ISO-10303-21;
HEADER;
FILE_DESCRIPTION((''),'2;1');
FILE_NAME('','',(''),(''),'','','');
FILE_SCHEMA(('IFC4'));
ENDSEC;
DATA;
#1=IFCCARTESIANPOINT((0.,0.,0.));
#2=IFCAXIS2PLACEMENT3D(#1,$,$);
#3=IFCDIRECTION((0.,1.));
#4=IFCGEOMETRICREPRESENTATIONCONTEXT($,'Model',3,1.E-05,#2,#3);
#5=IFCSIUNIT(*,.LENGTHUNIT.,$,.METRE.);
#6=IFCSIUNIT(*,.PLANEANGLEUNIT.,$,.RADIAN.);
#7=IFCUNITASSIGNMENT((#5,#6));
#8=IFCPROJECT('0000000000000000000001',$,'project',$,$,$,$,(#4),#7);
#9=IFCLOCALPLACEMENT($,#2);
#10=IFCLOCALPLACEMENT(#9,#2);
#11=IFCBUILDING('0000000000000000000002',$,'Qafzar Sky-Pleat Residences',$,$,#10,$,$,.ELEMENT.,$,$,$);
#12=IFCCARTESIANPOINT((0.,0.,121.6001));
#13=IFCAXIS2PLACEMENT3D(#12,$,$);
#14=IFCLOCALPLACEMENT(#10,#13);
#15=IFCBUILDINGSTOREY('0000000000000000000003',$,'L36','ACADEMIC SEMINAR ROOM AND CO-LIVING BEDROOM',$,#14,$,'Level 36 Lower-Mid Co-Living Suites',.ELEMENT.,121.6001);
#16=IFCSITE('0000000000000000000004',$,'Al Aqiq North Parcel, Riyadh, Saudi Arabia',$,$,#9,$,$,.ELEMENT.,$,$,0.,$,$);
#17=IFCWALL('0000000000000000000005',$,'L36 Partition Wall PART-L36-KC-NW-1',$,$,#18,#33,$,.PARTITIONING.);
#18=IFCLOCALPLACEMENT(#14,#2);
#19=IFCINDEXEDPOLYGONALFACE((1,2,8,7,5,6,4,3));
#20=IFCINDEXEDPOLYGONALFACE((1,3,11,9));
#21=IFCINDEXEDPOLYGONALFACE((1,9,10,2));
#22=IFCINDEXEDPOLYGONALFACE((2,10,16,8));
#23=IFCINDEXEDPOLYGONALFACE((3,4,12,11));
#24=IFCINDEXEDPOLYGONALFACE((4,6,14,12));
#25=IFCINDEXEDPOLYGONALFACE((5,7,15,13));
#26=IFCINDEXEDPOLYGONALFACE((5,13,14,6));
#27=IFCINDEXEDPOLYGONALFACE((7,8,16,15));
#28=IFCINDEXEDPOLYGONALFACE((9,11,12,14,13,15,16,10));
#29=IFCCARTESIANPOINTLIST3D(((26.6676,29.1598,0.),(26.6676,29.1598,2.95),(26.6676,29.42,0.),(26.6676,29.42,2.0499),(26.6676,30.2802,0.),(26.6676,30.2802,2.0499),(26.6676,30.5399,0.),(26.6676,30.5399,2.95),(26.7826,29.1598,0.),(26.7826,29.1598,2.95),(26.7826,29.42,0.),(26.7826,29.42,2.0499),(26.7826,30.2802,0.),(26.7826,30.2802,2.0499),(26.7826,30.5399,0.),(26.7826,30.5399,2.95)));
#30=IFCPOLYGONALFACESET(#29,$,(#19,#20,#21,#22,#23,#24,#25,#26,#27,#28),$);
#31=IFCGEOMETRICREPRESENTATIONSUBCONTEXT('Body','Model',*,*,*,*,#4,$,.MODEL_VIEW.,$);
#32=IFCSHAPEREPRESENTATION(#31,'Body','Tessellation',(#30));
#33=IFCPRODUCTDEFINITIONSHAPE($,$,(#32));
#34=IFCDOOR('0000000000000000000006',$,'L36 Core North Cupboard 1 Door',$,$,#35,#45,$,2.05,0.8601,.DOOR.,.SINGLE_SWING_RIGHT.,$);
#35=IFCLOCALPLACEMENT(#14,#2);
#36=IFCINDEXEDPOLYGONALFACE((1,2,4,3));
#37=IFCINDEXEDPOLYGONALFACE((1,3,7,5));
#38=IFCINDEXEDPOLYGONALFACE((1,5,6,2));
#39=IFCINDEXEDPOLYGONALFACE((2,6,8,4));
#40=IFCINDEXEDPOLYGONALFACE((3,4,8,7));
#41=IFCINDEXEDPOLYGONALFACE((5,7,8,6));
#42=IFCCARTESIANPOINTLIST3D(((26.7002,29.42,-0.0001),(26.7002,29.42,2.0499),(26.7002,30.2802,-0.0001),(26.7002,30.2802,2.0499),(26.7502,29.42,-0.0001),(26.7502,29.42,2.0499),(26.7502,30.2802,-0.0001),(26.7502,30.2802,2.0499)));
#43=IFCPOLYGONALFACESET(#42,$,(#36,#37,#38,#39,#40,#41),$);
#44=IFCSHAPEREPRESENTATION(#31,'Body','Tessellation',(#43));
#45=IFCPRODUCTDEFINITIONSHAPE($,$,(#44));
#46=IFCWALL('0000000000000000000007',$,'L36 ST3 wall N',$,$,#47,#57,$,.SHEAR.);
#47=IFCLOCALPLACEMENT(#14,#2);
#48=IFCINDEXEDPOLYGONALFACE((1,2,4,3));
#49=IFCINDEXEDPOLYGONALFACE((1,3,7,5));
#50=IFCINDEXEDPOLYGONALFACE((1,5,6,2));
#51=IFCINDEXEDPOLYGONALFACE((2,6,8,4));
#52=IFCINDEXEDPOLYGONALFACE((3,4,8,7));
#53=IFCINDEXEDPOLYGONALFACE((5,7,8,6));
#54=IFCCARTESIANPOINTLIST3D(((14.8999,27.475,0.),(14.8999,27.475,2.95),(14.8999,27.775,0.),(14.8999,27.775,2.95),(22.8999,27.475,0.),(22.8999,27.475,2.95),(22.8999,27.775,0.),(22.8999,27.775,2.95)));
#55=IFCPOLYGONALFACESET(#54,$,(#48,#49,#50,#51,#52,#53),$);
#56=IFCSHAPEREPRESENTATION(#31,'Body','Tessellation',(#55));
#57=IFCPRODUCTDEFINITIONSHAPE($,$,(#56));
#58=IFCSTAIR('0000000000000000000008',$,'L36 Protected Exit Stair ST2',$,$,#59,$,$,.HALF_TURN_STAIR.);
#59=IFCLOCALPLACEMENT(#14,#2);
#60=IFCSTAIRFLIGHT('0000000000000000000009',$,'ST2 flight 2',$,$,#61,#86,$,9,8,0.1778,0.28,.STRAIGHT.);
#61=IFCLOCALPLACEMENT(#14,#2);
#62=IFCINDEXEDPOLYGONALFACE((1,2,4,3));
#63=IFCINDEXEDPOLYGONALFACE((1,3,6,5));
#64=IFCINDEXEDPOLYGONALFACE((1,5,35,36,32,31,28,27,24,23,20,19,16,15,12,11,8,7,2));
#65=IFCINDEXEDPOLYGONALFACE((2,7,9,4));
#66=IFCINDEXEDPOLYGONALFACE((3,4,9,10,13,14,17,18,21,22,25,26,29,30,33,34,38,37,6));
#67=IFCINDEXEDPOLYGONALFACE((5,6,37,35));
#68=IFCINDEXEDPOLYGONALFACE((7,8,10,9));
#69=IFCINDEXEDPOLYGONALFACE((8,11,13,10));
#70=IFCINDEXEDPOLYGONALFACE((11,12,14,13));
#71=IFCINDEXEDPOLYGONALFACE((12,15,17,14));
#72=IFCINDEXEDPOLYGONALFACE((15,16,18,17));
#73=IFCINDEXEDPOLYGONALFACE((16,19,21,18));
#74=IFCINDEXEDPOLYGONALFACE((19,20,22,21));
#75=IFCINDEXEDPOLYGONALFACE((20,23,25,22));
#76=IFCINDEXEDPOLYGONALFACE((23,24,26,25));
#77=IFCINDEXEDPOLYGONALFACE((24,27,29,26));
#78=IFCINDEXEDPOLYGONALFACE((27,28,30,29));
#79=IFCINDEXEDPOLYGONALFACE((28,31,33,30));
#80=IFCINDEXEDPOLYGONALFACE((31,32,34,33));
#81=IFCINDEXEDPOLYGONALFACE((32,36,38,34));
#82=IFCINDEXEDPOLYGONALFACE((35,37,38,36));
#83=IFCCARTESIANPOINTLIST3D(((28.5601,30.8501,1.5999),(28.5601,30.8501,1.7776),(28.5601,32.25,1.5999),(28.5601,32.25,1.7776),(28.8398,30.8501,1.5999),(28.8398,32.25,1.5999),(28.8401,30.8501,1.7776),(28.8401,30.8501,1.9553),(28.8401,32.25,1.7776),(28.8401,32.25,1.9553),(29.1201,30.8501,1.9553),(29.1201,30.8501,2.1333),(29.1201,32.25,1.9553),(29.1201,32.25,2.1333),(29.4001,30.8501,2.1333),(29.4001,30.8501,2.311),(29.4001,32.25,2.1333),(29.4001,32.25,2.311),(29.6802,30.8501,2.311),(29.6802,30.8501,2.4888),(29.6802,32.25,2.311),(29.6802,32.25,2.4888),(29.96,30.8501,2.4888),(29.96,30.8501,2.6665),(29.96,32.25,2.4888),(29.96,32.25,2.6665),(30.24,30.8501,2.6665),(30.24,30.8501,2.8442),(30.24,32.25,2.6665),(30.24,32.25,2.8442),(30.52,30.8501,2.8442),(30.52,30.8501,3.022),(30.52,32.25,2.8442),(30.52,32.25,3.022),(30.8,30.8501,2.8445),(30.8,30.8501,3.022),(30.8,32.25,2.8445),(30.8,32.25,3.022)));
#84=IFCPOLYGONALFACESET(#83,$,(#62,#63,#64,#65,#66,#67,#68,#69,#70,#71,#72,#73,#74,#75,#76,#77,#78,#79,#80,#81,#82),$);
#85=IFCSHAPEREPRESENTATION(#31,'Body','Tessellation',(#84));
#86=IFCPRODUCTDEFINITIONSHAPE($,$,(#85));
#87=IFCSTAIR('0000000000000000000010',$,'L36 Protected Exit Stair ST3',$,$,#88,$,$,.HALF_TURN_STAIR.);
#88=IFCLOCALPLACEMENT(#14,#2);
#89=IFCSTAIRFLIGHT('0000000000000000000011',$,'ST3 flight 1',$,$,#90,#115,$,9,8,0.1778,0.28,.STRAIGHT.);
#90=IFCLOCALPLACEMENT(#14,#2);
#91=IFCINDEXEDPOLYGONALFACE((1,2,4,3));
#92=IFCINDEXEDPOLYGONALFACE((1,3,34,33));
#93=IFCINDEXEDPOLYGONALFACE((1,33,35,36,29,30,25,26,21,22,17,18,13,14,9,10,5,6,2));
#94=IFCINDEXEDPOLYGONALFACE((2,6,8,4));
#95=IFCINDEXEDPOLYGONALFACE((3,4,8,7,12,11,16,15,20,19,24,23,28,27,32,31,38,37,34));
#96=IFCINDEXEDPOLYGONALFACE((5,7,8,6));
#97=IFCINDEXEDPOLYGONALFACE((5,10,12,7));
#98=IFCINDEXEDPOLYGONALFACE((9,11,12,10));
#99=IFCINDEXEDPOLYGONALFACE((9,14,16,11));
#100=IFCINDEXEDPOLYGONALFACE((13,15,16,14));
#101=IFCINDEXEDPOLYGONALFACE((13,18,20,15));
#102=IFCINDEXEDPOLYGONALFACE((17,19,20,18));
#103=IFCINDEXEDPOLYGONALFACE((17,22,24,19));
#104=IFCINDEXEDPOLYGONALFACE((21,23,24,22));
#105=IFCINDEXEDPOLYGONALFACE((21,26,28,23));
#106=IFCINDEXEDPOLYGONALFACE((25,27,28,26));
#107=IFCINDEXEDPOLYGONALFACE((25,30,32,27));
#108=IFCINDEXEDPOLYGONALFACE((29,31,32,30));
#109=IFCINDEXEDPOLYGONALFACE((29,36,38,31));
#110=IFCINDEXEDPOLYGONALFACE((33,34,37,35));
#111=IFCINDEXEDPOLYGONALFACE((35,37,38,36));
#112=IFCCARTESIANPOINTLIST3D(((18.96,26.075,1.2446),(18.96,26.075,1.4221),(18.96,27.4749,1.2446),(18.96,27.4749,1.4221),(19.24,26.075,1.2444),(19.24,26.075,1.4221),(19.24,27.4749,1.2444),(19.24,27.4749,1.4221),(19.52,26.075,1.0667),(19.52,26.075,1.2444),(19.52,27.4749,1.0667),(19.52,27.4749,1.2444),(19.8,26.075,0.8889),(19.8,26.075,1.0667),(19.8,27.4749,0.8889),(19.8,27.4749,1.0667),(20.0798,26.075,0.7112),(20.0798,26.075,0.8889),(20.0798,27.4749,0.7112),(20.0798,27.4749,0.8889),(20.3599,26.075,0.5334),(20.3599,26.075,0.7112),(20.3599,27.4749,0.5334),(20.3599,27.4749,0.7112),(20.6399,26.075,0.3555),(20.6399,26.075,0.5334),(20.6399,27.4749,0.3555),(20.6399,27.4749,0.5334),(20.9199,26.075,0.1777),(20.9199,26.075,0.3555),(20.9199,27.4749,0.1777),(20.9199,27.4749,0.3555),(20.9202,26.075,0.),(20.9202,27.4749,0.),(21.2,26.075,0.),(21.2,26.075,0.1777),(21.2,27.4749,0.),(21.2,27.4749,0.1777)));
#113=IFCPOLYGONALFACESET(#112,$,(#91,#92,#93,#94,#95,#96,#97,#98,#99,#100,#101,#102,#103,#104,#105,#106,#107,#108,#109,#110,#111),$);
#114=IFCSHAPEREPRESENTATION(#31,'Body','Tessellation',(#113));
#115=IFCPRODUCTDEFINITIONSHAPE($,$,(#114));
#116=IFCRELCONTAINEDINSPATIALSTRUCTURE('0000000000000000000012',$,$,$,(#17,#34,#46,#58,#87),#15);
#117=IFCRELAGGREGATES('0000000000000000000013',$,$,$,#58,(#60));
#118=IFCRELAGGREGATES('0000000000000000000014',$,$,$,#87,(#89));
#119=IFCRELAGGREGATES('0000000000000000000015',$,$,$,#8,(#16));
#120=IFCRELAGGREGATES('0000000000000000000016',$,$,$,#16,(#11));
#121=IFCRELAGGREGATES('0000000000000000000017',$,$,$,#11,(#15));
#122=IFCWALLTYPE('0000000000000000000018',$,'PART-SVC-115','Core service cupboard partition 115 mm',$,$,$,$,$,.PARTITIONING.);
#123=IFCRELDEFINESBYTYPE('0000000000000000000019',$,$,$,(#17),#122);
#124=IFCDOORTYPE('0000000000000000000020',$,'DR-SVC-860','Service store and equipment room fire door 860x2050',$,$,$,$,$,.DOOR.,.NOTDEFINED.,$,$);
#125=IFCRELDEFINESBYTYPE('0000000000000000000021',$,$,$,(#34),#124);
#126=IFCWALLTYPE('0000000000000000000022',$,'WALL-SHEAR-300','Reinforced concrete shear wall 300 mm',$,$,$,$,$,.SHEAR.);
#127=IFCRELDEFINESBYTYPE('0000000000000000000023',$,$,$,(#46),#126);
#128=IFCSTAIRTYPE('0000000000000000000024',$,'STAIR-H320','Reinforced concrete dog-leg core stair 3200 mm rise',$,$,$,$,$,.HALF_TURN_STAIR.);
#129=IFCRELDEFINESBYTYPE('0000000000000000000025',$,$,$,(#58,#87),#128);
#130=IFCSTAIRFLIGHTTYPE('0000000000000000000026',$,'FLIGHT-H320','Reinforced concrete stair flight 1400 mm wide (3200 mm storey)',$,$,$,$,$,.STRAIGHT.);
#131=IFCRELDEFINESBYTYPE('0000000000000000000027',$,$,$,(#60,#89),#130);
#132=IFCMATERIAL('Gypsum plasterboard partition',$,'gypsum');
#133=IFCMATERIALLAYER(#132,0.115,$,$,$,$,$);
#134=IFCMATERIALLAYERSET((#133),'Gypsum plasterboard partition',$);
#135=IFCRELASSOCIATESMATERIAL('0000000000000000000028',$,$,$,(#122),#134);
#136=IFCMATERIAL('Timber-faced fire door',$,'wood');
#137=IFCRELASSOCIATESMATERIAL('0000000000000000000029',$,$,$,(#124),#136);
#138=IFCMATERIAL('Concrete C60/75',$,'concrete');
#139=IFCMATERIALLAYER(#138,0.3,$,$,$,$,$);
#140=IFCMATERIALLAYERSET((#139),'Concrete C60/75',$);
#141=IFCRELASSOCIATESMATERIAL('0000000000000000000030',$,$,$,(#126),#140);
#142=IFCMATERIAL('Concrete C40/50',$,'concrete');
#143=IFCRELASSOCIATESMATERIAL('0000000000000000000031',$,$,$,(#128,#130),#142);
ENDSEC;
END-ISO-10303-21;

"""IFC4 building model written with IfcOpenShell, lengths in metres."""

from ifc_helpers import new_model, si_unit, direction, frame, frame_2d, origin, place, context, subcontext, project, spatial, polyline, rectangle, outline, extrude, source, transform, mapped, material, layer, layer_set, type_object, element, fill, aggregate, save


model = new_model("IFC4")

# Units and contexts
model_context = context("Model", 3, precision=1e-05, world=origin(), true_north=direction((0.0, 1.0)))
body_context = subcontext(model_context, "Body", "Model", "MODEL_VIEW")
ifc_project = project(units=[si_unit("LENGTHUNIT", "METRE"), si_unit("PLANEANGLEUNIT", "RADIAN")], contexts=[model_context])

# Site, building, storey
site_placement = place(None, origin())
site = spatial("IfcSite", under=ifc_project, at=site_placement, Name="Al Aqiq North Parcel, Riyadh, Saudi Arabia", CompositionType="ELEMENT", RefElevation=0.0)
building_placement = place(site_placement, origin())
building = spatial("IfcBuilding", under=site, at=building_placement, Name="Qafzar Sky-Pleat Residences", CompositionType="ELEMENT")
storey_placement = place(building_placement, frame((0.0, 0.0, 121.6001)))
storey = spatial("IfcBuildingStorey", under=building, at=storey_placement, Name="L36", Description="ACADEMIC SEMINAR ROOM AND CO-LIVING BEDROOM", LongName="Level 36 Lower-Mid Co-Living Suites", CompositionType="ELEMENT", Elevation=121.6001)

# Shared definitions
ifc_material_1 = material(Name="Timber-faced fire door", Category="wood")

# Wall, opening, door
ifc_material_2 = material(Name="Gypsum plasterboard partition", Category="gypsum")
ifc_layer_1 = layer(ifc_material_2, 0.115)
ifc_layer_set_1 = layer_set([ifc_layer_1], Name="Gypsum plasterboard partition")
wall_type_1 = type_object("IfcWallType", Name="PART-SVC-115", Description="Core service cupboard partition 115 mm", PredefinedType="PARTITIONING", material=ifc_layer_set_1)
wall_1_placement = place(storey_placement, frame((26.7251, 29.1599, 0.0), z_axis=(0.0, 0.0, 1.0), x_axis=(0.0, 1.0, 0.0)))
wall_1 = element("IfcWall", 1, at=wall_1_placement, inside=storey, type_object=wall_type_1, Name="L36 Partition Wall PART-L36-KC-NW-1", PredefinedType="PARTITIONING", context=body_context, shape_type="SweptSolid", body=[
    extrude(rectangle(XDim=1.3801, YDim=0.115, at=frame_2d((0.6899, 0.0))), origin(), (0.0, 0.0, 1.0), 2.95),
])
opening_1_placement = place(wall_1_placement, frame((0.26, 0.0, 0.0)))
opening_1 = element("IfcOpeningElement", 2, at=opening_1_placement, cuts=wall_1, PredefinedType="OPENING", context=body_context, shape_type="SweptSolid", body=[
    extrude(rectangle(XDim=0.8601, YDim=2.05, at=frame_2d((0.4302, 1.0249))), frame((0.0, 0.0674, 0.0), z_axis=(0.0, -1.0, 0.0), x_axis=(1.0, 0.0, 0.0)), (0.0, 0.0, 1.0), 0.135),
])
door_type_1 = type_object("IfcDoorType", Name="DR-SVC-860", Description="Service store and equipment room fire door 860x2050", OperationType="NOTDEFINED", PredefinedType="DOOR", material=ifc_material_1)
shared_shape_1 = source(origin(), body_context, "Body", "SweptSolid", [
    extrude(rectangle(XDim=0.8601, YDim=2.05, at=frame_2d((0.4302, 1.0249))), frame((0.0, 0.0249, 0.0), z_axis=(0.0, -1.0, 0.0), x_axis=(1.0, 0.0, 0.0)), (0.0, 0.0, 1.0), 0.05),
])
door_1_placement = place(opening_1_placement, origin())
door_1 = element("IfcDoor", 3, at=door_1_placement, inside=storey, type_object=door_type_1, Name="L36 Core North Cupboard 1 Door", OperationType="SINGLE_SWING_RIGHT", OverallHeight=2.05, OverallWidth=0.8601, PredefinedType="DOOR", context=body_context, shape_type="MappedRepresentation", body=[
    mapped(shared_shape_1, transform((0.0, 0.0, 0.0), x_axis=(1.0, 0.0, 0.0), y_axis=(0.0, 1.0, 0.0), z_axis=(0.0, 0.0, 1.0), scale=1.0)),
])
fill(opening_1, door_1)

# Shared definitions
ifc_material_3 = material(Name="Concrete C60/75", Category="concrete")
ifc_layer_2 = layer(ifc_material_3, 0.3)
ifc_layer_set_2 = layer_set([ifc_layer_2], Name="Concrete C60/75")
wall_type_2 = type_object("IfcWallType", Name="WALL-SHEAR-300", Description="Reinforced concrete shear wall 300 mm", PredefinedType="SHEAR", material=ifc_layer_set_2)

# Wall
wall_2_placement = place(storey_placement, frame((22.8999, 27.625, 0.0), z_axis=(0.0, 0.0, 1.0), x_axis=(-1.0, 0.0, 0.0)))
element("IfcWall", 4, at=wall_2_placement, inside=storey, type_object=wall_type_2, Name="L36 ST3 wall N", PredefinedType="SHEAR", context=body_context, shape_type="SweptSolid", body=[
    extrude(rectangle(XDim=8.0, YDim=0.3, at=frame_2d((4.0, 0.0))), origin(), (0.0, 0.0, 1.0), 2.95),
])

# Stairs, stair flights
ifc_material_4 = material(Name="Concrete C40/50", Category="concrete")
stair_type = type_object("IfcStairType", Name="STAIR-H320", Description="Reinforced concrete dog-leg core stair 3200 mm rise", PredefinedType="HALF_TURN_STAIR", material=ifc_material_4)
stair_1_placement = place(storey_placement, origin())
stair_1 = element("IfcStair", 5, at=stair_1_placement, inside=storey, type_object=stair_type, Name="L36 Protected Exit Stair ST2", PredefinedType="HALF_TURN_STAIR")
stair_flight_type = type_object("IfcStairFlightType", Name="FLIGHT-H320", Description="Reinforced concrete stair flight 1400 mm wide (3200 mm storey)", PredefinedType="STRAIGHT", material=ifc_material_4)
shared_shape_2 = source(origin(), body_context, "Body", "SweptSolid", [
    extrude(outline(polyline([(0.0, 0.0), (0.0, 0.1777), (0.28, 0.1777), (0.28, 0.3555), (0.5601, 0.3555), (0.5601, 0.5334), (0.8401, 0.5334), (0.8401, 0.7112), (1.1201, 0.7112), (1.1201, 0.8889), (1.3999, 0.8889), (1.3999, 1.0667), (1.6799, 1.0667), (1.6799, 1.2444), (1.96, 1.2444), (1.96, 1.4221), (2.24, 1.4221), (2.24, 1.6001), (2.24, 1.2446), (0.2798, 0.0), (0.0, 0.0)])), frame((0.0, 0.7, 0.0), z_axis=(0.0, -1.0, 0.0), x_axis=(1.0, 0.0, 0.0)), (0.0, 0.0, 1.0), 1.3999),
])
stair_flight_1_placement = place(storey_placement, frame((28.5601, 31.55, 1.5999), z_axis=(0.0, 0.0, 1.0), x_axis=(1.0, 0.0, 0.0)))
stair_flight_1 = element("IfcStairFlight", 6, at=stair_flight_1_placement, type_object=stair_flight_type, Name="ST2 flight 2", NumberOfRisers=9, NumberOfTreads=8, PredefinedType="STRAIGHT", RiserHeight=0.1778, TreadLength=0.28, context=body_context, shape_type="MappedRepresentation", body=[
    mapped(shared_shape_2, transform((0.0, 0.0, 0.0), x_axis=(1.0, 0.0, 0.0), y_axis=(0.0, 1.0, 0.0), z_axis=(0.0, 0.0, 1.0), scale=1.0)),
])
aggregate(stair_1, [stair_flight_1])
stair_2_placement = place(storey_placement, origin())
stair_2 = element("IfcStair", 7, at=stair_2_placement, inside=storey, type_object=stair_type, Name="L36 Protected Exit Stair ST3", PredefinedType="HALF_TURN_STAIR")
stair_flight_2_placement = place(storey_placement, frame((21.2, 26.7749, 0.0), z_axis=(0.0, 0.0, 1.0), x_axis=(-1.0, 0.0, 0.0)))
stair_flight_2 = element("IfcStairFlight", 8, at=stair_flight_2_placement, type_object=stair_flight_type, Name="ST3 flight 1", NumberOfRisers=9, NumberOfTreads=8, PredefinedType="STRAIGHT", RiserHeight=0.1778, TreadLength=0.28, context=body_context, shape_type="MappedRepresentation", body=[
    mapped(shared_shape_2, transform((0.0, 0.0, 0.0), x_axis=(1.0, 0.0, 0.0), y_axis=(0.0, 1.0, 0.0), z_axis=(0.0, 0.0, 1.0), scale=1.0)),
])
aggregate(stair_2, [stair_flight_2])

save(model, "model.ifc")
